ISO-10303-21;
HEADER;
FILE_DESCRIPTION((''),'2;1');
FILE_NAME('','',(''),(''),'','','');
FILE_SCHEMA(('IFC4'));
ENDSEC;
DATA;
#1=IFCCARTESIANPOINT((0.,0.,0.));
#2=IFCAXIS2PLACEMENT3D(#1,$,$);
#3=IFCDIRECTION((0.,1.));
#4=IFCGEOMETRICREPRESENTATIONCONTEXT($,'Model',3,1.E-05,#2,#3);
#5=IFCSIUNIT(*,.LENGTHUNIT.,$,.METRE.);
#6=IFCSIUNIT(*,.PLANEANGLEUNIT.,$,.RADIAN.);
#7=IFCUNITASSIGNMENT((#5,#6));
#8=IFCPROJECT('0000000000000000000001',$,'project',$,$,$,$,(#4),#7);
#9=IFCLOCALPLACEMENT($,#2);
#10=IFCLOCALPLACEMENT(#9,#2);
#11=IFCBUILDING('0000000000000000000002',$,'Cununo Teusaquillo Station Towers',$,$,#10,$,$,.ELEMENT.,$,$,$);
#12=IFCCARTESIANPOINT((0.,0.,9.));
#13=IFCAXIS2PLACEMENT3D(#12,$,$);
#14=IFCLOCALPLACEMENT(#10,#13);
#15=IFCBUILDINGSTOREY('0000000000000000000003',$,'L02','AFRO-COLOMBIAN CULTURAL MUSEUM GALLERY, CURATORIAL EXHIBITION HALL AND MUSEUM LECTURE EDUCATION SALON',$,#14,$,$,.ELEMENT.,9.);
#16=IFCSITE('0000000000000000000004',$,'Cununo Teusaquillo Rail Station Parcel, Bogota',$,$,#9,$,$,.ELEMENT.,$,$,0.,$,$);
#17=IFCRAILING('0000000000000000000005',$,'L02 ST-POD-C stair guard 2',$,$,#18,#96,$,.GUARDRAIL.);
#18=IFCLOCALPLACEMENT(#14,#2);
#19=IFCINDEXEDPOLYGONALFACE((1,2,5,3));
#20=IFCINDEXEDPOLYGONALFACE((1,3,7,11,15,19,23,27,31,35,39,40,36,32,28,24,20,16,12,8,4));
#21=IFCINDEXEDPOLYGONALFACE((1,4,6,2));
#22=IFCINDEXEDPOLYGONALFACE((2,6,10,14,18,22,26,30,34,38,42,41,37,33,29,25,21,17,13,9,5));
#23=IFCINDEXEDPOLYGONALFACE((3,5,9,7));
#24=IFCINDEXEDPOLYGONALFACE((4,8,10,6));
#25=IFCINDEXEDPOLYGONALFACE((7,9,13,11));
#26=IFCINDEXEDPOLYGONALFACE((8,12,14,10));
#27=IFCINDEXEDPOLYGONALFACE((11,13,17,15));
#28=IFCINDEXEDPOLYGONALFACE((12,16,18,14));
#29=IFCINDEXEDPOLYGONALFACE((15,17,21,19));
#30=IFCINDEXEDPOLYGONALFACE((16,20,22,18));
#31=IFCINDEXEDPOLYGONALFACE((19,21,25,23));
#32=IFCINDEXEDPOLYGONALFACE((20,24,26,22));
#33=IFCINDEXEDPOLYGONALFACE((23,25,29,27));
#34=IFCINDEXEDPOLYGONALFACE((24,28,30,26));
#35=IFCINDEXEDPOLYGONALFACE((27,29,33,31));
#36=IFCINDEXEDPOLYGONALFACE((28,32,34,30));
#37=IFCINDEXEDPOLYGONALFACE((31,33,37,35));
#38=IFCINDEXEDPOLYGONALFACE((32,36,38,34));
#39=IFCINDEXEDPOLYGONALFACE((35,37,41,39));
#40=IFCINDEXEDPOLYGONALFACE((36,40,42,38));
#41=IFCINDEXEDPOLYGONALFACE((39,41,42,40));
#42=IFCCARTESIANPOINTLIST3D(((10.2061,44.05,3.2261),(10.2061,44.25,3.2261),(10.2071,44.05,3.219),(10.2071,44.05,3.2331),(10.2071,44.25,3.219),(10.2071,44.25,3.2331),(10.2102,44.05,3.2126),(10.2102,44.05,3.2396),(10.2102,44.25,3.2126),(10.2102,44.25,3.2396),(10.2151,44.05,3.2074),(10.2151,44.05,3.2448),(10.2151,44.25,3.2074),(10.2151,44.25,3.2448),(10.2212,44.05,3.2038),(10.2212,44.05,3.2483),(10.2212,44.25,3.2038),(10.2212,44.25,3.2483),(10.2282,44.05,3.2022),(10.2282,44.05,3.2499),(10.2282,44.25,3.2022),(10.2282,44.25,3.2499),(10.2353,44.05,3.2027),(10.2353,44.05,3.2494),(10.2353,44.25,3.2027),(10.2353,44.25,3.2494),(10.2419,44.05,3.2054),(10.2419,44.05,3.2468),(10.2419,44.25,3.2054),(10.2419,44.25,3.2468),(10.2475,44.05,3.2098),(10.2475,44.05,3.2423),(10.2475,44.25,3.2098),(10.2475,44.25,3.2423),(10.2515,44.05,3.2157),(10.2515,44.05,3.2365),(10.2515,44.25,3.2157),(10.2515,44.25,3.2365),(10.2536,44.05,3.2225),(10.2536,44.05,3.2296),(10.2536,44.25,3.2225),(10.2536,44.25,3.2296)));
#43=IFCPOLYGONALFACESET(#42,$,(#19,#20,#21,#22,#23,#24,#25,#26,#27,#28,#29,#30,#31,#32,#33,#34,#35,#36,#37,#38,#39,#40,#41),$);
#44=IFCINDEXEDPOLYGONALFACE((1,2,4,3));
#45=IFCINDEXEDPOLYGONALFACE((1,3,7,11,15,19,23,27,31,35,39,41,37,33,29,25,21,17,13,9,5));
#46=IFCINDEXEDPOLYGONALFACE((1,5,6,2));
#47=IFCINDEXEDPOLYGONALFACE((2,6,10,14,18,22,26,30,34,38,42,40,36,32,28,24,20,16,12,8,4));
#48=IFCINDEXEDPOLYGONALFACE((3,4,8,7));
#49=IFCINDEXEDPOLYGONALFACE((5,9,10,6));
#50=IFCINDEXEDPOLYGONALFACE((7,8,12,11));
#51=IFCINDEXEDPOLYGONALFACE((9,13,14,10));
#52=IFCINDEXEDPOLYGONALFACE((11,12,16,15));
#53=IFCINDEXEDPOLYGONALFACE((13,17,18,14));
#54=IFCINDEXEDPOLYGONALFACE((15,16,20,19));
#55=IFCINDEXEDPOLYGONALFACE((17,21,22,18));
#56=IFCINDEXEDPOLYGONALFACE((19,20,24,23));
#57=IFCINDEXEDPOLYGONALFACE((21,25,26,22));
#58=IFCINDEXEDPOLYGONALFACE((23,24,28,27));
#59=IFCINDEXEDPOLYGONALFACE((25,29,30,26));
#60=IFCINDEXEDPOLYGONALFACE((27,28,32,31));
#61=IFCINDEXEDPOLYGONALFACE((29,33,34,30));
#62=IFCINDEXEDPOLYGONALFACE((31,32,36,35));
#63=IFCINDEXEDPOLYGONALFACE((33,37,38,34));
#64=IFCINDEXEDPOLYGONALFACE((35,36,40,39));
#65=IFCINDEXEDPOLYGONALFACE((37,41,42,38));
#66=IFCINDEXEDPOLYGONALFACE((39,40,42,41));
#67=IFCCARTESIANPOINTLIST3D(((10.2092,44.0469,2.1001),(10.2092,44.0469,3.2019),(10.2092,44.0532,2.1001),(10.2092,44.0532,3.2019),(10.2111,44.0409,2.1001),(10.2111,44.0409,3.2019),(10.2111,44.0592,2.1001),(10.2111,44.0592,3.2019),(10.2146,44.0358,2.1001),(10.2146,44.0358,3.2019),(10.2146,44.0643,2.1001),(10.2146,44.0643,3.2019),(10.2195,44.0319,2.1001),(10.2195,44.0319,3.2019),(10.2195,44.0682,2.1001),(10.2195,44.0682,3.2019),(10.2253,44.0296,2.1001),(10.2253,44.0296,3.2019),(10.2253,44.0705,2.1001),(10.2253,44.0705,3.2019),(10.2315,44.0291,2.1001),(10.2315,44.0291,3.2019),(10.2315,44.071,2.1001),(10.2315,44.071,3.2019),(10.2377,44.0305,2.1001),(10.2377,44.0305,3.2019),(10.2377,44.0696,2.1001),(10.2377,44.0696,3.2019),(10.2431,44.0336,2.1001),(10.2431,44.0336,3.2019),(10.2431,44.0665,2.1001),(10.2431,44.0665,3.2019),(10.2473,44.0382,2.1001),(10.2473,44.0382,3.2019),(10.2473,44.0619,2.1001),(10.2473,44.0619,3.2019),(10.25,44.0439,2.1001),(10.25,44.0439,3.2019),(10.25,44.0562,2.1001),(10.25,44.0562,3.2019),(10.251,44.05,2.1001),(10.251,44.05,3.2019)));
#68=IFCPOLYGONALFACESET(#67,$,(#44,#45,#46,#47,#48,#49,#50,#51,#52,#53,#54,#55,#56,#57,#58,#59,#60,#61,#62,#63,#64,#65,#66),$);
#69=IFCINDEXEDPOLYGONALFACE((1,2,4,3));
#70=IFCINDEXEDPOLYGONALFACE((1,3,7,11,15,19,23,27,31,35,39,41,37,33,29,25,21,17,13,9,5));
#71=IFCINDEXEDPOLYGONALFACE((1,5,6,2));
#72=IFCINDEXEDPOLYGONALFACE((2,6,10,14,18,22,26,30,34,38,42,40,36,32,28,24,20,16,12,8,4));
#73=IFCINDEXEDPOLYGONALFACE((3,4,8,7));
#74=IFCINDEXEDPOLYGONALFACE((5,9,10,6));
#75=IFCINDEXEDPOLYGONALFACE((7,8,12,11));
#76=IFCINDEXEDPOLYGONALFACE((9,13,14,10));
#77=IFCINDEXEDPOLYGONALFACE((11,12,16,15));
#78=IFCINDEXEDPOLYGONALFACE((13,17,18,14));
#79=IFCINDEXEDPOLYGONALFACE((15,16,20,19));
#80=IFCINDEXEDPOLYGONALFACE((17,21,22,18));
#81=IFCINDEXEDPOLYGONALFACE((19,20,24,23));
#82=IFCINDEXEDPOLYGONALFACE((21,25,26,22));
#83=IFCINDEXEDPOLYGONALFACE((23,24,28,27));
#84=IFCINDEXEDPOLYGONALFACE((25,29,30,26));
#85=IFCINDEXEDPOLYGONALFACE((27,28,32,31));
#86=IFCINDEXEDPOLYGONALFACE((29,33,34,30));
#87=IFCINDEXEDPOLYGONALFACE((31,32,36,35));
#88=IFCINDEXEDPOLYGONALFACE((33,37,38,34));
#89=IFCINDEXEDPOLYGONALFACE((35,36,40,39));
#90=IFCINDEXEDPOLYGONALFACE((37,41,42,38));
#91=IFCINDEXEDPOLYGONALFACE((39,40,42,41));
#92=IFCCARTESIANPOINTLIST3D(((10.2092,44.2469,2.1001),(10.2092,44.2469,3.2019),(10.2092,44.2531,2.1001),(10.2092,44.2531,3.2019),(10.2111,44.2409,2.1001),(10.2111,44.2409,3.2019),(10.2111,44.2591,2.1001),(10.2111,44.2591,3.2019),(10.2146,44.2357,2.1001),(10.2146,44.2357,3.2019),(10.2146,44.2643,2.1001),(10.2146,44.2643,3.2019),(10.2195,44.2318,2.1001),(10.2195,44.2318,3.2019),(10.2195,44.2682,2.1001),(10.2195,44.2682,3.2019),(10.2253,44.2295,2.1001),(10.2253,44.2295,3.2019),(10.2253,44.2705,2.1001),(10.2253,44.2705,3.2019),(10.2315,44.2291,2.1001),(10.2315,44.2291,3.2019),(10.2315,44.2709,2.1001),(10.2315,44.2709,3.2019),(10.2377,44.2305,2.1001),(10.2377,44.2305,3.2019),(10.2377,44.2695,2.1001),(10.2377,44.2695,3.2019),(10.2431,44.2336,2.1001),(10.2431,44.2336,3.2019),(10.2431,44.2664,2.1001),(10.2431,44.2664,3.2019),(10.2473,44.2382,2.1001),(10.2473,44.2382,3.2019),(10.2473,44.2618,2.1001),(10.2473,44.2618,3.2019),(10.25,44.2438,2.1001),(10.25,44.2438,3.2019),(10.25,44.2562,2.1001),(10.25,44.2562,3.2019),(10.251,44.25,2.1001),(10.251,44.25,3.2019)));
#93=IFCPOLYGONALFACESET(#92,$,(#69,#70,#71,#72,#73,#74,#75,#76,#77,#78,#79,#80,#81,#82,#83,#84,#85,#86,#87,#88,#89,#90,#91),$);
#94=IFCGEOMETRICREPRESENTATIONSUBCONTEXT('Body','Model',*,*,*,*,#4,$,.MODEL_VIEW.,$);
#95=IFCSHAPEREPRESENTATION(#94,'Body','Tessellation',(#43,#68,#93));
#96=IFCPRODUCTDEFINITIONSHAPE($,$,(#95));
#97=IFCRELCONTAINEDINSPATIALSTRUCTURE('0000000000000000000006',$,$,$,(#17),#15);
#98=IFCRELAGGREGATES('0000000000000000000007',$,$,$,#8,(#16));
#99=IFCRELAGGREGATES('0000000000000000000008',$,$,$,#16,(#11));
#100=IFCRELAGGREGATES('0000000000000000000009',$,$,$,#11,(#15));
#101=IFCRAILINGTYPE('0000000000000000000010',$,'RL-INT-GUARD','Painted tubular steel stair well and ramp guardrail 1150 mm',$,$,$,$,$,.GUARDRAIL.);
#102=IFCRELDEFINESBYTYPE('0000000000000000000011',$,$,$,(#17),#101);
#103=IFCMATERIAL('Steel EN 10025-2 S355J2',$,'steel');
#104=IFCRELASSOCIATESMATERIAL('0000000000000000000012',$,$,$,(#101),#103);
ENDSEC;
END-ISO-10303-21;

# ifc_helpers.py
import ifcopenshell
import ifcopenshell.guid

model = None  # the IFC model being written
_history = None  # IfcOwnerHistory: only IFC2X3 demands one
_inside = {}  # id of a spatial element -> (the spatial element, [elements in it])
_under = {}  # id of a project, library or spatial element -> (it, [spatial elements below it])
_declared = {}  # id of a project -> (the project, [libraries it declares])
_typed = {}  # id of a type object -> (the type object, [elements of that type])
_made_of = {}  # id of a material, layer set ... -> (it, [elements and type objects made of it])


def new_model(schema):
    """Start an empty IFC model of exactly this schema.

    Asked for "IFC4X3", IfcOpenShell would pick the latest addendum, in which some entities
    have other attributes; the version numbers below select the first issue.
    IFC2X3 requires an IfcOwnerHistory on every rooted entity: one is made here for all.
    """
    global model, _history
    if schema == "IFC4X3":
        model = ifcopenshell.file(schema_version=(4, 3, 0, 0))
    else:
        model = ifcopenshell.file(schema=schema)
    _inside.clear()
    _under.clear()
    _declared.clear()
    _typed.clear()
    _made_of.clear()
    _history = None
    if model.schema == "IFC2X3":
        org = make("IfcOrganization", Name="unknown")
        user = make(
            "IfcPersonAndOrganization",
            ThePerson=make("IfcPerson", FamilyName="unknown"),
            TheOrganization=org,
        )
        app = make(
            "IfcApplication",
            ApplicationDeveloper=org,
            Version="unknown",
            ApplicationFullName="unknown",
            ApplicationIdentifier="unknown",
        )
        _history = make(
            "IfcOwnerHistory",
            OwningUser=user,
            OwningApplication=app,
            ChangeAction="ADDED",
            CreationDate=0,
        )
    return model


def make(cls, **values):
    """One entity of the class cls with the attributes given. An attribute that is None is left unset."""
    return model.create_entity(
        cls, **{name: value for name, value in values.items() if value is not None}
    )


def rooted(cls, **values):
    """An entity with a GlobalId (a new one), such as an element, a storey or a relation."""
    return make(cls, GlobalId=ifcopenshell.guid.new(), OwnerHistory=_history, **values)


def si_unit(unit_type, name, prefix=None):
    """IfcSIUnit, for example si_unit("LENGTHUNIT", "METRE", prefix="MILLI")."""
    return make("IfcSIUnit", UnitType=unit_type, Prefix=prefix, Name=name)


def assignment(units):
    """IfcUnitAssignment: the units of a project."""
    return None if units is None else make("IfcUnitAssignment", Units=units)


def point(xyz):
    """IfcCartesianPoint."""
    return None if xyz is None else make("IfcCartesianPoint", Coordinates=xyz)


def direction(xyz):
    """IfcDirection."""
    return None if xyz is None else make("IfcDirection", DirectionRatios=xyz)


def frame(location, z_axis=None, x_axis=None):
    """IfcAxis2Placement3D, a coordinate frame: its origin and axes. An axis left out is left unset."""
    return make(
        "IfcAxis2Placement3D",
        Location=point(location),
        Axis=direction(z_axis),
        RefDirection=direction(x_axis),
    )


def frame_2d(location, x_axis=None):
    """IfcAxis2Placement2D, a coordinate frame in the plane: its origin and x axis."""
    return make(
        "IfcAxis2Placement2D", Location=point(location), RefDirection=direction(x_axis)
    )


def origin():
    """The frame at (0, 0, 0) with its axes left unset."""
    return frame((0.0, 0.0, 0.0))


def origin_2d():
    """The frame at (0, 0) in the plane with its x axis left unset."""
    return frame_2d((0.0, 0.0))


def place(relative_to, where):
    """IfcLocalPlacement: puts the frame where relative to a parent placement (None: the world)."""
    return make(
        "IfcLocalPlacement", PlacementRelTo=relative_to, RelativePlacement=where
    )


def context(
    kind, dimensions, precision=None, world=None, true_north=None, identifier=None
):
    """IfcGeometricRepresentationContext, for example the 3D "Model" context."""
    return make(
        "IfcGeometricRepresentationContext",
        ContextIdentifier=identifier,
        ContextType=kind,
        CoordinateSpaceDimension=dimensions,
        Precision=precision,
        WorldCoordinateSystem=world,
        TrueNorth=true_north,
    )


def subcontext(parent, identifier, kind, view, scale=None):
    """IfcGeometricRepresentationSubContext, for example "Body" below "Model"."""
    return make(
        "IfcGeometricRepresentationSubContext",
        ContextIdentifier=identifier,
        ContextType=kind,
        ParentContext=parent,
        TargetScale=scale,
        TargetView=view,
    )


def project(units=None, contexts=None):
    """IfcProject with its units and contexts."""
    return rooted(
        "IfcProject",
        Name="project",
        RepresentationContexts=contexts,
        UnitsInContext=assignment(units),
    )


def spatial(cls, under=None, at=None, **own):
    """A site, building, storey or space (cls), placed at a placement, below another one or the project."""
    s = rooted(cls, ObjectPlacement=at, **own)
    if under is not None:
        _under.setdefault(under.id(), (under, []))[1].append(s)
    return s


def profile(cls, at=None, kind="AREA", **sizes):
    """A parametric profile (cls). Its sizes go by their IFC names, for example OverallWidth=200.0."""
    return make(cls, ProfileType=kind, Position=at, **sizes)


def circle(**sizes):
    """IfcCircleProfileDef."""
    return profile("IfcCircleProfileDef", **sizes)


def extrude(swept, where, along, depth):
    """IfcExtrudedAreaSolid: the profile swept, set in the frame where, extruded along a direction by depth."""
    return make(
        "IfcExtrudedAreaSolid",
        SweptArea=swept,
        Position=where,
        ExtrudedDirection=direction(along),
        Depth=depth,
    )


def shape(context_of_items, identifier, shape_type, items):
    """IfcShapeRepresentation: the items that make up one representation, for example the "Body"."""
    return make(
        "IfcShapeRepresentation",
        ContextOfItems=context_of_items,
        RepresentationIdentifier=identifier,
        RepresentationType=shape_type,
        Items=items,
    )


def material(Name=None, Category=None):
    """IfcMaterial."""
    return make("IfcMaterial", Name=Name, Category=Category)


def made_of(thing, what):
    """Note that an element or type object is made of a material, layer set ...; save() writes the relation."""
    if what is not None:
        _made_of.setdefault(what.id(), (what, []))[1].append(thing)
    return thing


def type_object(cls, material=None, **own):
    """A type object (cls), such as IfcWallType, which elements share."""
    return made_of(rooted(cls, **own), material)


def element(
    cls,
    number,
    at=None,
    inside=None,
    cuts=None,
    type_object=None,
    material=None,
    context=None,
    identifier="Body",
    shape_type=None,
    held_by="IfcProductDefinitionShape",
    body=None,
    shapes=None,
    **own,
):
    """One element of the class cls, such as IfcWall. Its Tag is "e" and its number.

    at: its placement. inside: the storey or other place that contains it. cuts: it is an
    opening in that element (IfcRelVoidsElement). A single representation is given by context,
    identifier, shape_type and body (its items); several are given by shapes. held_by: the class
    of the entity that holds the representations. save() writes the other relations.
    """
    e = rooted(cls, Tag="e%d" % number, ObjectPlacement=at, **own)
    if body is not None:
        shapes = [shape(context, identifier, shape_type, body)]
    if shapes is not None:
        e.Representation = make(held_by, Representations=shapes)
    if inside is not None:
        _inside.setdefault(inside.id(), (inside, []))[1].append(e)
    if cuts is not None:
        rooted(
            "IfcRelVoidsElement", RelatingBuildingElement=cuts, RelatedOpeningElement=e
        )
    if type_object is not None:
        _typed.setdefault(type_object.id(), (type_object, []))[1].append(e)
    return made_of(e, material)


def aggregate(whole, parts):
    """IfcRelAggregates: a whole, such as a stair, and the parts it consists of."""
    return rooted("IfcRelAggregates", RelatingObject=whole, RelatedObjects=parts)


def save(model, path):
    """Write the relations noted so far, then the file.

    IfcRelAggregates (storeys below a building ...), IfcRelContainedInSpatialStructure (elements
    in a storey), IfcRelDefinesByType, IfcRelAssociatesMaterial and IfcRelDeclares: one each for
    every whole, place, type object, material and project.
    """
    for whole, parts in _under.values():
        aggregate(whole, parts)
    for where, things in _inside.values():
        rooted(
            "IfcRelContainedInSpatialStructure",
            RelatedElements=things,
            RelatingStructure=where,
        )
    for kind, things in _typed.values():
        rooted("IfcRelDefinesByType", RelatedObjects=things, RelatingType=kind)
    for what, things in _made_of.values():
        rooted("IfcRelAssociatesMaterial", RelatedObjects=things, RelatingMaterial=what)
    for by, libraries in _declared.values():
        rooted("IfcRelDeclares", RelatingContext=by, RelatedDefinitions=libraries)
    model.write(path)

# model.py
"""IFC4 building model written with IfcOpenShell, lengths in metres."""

from ifc_helpers import new_model, si_unit, direction, frame, origin, origin_2d, place, context, subcontext, project, spatial, circle, extrude, material, type_object, element, save


model = new_model("IFC4")

# Units and contexts
model_context = context("Model", 3, precision=1e-05, world=origin(), true_north=direction((0.0, 1.0)))
body_context = subcontext(model_context, "Body", "Model", "MODEL_VIEW")
ifc_project = project(units=[si_unit("LENGTHUNIT", "METRE"), si_unit("PLANEANGLEUNIT", "RADIAN")], contexts=[model_context])

# Site, building, storey
site_placement = place(None, origin())
site = spatial("IfcSite", under=ifc_project, at=site_placement, Name="Cununo Teusaquillo Rail Station Parcel, Bogota", CompositionType="ELEMENT", RefElevation=0.0)
building_placement = place(site_placement, origin())
building = spatial("IfcBuilding", under=site, at=building_placement, Name="Cununo Teusaquillo Station Towers", CompositionType="ELEMENT")
storey_placement = place(building_placement, frame((0.0, 0.0, 9.0)))
storey = spatial("IfcBuildingStorey", under=building, at=storey_placement, Name="L02", Description="AFRO-COLOMBIAN CULTURAL MUSEUM GALLERY, CURATORIAL EXHIBITION HALL AND MUSEUM LECTURE EDUCATION SALON", CompositionType="ELEMENT", Elevation=9.0)

# Railing
ifc_material_1 = material(Name="Steel EN 10025-2 S355J2", Category="steel")
railing_type = type_object("IfcRailingType", Name="RL-INT-GUARD", Description="Painted tubular steel stair well and ramp guardrail 1150 mm", PredefinedType="GUARDRAIL", material=ifc_material_1)
railing_1_placement = place(storey_placement, frame((10.23, 44.05, 2.1001)))
element("IfcRailing", 1, at=railing_1_placement, inside=storey, type_object=railing_type, Name="L02 ST-POD-C stair guard 2", PredefinedType="GUARDRAIL", context=body_context, shape_type="SweptSolid", body=[
    extrude(circle(Radius=0.0239, at=origin_2d()), frame((0.0, 0.0, 1.126), z_axis=(0.0, 1.0, 0.0), x_axis=(-1.0, 0.0, 0.0)), (0.0, 0.0, 1.0), 0.2),
    extrude(circle(Radius=0.021, at=origin_2d()), origin(), (0.0, 0.0, 1.0), 1.1018),
    extrude(circle(Radius=0.021, at=origin_2d()), frame((0.0, 0.2, 0.0)), (0.0, 0.0, 1.0), 1.1018),
])

save(model, "model.ifc")
